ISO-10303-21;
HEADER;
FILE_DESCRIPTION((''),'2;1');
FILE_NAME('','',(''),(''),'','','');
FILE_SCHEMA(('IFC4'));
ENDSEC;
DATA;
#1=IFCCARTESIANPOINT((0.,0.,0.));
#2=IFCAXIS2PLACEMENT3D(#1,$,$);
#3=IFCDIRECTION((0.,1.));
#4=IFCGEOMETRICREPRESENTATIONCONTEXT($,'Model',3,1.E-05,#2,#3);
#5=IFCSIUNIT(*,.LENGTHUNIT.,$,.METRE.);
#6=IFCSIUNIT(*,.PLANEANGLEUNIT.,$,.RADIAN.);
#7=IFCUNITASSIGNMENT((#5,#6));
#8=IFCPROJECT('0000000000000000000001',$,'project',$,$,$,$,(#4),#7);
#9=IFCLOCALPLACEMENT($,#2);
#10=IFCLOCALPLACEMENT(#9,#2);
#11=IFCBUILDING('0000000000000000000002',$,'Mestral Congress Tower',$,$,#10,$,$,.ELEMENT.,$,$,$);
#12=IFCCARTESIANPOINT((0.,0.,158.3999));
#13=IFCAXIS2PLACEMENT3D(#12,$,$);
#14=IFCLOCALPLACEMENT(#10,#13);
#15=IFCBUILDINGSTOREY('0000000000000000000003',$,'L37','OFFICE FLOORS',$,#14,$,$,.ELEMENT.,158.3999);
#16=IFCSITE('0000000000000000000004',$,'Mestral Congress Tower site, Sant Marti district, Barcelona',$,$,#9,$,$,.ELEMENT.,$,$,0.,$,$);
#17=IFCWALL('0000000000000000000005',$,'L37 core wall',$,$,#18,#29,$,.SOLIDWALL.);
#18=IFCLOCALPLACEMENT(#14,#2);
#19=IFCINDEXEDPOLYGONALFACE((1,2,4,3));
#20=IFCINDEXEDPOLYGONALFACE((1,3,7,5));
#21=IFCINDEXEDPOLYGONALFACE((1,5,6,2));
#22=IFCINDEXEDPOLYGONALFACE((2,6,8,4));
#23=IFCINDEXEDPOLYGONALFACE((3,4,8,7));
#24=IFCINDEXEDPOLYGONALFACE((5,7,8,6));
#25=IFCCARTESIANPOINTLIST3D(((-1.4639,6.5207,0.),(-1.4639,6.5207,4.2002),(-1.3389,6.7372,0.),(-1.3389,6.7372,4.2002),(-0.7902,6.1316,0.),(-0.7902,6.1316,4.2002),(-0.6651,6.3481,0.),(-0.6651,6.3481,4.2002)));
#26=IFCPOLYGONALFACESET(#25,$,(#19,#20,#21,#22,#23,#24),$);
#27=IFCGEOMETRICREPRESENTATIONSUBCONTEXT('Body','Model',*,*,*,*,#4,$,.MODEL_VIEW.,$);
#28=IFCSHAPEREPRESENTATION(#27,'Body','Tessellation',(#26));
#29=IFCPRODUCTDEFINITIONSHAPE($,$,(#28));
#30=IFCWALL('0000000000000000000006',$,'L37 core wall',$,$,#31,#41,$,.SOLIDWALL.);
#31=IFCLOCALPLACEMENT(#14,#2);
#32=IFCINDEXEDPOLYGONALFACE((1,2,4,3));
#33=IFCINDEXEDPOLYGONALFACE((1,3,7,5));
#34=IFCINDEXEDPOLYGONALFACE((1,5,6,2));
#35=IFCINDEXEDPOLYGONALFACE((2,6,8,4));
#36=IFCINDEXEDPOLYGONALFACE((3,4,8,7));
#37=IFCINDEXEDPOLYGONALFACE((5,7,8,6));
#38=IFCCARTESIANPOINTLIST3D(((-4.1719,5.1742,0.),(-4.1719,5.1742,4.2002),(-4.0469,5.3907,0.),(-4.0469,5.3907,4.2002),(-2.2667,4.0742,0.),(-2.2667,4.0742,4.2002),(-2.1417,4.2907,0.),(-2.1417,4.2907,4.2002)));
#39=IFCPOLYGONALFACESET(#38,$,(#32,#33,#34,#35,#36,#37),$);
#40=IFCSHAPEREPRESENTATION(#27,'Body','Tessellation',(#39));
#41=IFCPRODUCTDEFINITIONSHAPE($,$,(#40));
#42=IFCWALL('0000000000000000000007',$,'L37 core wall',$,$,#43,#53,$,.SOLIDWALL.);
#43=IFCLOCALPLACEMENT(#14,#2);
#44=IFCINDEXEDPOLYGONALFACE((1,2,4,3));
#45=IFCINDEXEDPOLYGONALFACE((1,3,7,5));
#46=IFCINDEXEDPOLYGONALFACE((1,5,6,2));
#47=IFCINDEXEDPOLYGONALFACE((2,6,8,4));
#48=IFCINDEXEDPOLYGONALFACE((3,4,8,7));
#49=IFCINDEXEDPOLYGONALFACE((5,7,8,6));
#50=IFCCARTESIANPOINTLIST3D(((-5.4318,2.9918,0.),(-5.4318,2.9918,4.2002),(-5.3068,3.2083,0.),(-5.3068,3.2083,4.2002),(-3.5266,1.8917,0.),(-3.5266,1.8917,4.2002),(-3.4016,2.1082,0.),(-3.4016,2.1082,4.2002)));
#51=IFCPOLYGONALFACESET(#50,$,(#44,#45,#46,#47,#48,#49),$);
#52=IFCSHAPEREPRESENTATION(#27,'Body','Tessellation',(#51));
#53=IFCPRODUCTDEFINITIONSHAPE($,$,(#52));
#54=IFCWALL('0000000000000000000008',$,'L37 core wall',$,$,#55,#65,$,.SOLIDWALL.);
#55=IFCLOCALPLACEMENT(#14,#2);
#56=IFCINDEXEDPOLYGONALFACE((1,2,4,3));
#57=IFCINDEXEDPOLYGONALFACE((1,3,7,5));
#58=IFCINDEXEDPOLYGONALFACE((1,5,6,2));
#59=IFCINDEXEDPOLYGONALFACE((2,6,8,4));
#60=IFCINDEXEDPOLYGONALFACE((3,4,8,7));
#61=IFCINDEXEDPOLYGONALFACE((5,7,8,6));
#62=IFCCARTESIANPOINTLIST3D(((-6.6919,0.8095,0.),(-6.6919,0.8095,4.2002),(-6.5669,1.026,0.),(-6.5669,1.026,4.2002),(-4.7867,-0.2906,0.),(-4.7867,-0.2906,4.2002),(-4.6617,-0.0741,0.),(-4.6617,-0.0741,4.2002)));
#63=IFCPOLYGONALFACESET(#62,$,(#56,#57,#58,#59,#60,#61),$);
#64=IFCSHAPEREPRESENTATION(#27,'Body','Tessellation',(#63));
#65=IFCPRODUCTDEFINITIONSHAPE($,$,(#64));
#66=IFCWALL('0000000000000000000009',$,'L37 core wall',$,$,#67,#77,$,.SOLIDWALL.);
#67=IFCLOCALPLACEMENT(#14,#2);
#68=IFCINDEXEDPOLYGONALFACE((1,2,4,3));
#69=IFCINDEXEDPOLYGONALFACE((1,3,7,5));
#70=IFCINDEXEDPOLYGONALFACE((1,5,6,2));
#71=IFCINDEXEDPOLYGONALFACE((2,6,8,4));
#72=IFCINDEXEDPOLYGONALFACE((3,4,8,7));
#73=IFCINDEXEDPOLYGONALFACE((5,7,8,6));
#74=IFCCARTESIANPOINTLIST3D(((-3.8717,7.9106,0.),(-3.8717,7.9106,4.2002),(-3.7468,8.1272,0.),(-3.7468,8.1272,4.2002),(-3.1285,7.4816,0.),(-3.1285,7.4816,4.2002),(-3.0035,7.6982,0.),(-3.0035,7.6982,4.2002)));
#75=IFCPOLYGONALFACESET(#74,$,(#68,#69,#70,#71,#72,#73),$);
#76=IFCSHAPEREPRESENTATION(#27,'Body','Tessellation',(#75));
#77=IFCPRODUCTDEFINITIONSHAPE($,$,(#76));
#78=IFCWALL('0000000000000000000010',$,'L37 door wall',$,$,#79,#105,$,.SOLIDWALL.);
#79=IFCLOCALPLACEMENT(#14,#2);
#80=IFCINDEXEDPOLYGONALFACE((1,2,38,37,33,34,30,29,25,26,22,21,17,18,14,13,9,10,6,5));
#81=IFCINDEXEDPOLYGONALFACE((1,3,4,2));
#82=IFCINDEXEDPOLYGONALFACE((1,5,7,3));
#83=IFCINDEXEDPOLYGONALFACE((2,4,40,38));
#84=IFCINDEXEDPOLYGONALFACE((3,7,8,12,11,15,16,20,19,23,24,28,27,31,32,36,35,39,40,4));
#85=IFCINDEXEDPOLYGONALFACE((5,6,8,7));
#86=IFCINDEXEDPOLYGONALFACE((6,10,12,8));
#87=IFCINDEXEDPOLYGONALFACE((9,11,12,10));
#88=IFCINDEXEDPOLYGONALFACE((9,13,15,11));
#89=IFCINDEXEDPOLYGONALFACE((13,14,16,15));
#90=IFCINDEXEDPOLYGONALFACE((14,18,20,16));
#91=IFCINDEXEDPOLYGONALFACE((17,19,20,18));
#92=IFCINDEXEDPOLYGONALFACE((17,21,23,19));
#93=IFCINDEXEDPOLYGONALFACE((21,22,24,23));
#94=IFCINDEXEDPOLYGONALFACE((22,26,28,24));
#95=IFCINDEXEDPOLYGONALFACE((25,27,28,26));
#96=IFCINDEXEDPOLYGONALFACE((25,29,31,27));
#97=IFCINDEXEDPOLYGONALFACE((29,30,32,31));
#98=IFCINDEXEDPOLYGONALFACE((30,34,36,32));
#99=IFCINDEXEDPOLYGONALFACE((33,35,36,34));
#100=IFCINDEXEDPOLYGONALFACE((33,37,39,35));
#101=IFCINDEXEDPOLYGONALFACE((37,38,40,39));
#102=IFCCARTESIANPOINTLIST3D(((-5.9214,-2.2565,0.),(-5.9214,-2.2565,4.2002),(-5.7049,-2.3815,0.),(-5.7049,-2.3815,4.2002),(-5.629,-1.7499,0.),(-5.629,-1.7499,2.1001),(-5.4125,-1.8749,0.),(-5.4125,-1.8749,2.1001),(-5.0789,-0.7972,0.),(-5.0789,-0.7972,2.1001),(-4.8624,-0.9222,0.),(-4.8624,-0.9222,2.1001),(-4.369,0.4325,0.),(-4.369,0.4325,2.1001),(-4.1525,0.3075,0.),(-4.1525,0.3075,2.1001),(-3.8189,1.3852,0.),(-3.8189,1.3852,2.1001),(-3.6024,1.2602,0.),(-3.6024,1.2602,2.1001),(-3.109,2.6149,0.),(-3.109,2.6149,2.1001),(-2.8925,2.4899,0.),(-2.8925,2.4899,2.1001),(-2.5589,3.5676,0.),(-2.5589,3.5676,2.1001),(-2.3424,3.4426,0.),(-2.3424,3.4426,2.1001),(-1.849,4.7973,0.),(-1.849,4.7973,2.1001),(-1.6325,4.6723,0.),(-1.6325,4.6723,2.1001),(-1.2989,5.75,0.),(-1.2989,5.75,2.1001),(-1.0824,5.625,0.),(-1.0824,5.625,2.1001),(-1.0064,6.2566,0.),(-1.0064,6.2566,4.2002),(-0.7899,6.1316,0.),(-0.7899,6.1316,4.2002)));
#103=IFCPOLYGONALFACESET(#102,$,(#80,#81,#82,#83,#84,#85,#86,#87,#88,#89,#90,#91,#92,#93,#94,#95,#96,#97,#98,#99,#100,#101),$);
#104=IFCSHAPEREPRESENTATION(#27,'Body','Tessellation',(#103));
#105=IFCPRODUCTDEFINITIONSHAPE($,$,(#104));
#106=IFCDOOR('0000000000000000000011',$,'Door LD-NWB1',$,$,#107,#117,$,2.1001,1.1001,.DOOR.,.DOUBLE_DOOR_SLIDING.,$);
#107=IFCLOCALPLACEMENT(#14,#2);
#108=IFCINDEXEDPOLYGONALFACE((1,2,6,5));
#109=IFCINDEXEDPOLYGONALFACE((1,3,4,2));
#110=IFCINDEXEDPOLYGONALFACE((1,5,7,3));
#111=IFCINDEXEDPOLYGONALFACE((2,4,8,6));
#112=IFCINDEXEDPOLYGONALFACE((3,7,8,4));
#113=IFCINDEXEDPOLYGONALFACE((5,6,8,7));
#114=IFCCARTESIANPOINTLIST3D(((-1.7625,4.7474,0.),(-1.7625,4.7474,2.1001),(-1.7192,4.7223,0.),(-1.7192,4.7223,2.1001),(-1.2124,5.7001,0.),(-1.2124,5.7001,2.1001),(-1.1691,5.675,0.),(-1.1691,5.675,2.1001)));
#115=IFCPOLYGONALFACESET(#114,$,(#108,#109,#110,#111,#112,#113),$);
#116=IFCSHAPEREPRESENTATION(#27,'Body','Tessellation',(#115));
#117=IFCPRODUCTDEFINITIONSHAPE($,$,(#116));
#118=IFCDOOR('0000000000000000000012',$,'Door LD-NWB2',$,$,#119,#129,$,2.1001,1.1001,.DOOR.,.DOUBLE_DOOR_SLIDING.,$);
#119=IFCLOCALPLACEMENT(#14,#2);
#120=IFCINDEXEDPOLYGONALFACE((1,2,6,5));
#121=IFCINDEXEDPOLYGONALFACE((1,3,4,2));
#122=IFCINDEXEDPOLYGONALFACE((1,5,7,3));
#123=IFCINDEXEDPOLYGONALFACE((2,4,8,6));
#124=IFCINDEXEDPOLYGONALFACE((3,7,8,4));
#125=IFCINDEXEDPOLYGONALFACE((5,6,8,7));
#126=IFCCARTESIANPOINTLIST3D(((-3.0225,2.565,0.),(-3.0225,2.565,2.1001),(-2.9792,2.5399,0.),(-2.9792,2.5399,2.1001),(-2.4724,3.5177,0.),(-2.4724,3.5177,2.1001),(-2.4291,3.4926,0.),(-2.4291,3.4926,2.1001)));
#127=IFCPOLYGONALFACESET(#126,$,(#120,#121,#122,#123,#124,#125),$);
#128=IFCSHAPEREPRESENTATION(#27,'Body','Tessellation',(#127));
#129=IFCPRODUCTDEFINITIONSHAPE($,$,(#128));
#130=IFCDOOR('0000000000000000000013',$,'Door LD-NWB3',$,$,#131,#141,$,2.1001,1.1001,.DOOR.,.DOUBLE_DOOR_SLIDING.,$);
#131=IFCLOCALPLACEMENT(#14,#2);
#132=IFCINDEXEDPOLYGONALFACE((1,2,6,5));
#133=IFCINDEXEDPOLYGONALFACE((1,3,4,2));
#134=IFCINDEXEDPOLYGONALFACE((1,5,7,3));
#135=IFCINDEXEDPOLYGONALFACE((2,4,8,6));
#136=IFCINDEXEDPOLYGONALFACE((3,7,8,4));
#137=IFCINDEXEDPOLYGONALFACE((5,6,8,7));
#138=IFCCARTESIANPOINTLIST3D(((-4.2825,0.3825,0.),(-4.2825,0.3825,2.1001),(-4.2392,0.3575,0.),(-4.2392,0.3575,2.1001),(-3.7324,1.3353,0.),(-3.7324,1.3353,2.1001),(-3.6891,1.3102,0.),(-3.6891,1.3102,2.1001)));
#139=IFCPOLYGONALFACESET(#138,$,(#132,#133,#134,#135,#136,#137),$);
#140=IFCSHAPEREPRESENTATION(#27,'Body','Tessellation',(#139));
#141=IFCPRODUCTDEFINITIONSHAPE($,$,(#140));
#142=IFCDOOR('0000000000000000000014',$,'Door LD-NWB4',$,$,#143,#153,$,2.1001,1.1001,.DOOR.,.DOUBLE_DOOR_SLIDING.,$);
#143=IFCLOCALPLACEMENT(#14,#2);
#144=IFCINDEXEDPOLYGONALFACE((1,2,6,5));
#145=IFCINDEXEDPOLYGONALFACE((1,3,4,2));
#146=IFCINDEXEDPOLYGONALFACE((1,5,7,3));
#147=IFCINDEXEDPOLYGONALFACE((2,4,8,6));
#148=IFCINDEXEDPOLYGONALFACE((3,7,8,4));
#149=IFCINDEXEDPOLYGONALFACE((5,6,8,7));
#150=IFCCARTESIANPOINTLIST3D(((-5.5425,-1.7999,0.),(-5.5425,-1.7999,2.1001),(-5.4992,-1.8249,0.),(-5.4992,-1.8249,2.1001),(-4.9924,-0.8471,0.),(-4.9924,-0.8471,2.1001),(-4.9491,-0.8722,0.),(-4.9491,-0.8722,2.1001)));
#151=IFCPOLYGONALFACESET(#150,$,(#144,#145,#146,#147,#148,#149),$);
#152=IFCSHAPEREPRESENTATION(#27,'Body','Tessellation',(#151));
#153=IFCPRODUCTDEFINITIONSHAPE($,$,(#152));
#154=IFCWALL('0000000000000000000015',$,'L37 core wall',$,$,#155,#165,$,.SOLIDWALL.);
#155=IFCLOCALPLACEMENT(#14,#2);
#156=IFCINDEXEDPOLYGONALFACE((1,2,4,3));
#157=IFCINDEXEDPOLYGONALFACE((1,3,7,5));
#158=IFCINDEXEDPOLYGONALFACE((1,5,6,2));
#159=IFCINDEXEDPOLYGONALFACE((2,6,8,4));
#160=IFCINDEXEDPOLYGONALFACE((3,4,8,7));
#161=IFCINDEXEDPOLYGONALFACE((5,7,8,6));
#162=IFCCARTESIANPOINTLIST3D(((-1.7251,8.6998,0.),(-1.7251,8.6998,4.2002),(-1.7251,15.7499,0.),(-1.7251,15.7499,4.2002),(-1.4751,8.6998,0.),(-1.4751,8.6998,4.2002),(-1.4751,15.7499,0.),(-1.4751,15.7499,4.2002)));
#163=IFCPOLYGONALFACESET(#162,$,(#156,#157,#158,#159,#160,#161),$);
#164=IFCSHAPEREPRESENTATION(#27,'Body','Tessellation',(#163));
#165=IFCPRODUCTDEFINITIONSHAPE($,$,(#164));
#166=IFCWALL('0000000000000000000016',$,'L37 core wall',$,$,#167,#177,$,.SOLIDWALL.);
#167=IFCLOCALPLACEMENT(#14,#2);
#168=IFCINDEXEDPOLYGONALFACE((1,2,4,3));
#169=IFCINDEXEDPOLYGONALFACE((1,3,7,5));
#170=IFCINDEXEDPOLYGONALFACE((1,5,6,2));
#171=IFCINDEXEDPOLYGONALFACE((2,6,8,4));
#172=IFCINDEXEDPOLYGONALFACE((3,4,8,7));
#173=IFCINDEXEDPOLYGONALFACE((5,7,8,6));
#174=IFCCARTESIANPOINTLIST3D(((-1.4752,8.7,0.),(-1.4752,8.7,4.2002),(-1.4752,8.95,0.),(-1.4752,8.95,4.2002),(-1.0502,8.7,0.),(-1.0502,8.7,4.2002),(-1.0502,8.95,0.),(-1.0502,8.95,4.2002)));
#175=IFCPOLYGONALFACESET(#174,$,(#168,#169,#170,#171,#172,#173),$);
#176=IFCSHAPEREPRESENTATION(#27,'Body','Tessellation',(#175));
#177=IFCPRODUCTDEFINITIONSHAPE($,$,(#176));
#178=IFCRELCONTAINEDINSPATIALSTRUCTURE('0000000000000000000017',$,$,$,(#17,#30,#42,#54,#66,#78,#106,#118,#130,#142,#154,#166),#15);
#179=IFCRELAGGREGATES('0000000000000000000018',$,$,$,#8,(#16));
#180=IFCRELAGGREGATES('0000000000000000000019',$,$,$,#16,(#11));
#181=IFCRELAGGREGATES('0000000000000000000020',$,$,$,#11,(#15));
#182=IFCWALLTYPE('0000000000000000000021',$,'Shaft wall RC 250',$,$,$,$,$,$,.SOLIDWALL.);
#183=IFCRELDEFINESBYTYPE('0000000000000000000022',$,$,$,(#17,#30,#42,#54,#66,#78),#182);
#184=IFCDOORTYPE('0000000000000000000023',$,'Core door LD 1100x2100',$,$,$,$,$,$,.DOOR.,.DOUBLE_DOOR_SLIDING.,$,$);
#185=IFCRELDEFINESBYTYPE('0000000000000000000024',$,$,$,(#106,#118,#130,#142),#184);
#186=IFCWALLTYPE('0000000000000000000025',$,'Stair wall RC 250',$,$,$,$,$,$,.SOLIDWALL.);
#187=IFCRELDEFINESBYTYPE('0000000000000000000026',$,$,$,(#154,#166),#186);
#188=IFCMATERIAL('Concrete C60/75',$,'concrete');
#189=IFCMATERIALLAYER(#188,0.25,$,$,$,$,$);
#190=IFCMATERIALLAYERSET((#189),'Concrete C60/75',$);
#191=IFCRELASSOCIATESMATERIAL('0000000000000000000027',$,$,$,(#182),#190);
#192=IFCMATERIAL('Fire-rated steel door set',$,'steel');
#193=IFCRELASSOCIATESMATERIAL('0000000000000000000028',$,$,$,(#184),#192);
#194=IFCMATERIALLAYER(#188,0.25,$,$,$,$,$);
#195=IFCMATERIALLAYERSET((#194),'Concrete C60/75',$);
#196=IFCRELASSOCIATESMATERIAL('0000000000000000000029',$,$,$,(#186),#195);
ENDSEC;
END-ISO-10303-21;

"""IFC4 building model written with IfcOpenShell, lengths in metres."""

from ifc_helpers import new_model, si_unit, direction, frame, frame_2d, origin, place, context, subcontext, project, spatial, rectangle, extrude, material, layer, layer_set, type_object, element, fill, save


model = new_model("IFC4")

# Units and contexts
model_context = context("Model", 3, precision=1e-05, world=origin(), true_north=direction((0.0, 1.0)))
body_context = subcontext(model_context, "Body", "Model", "MODEL_VIEW")
ifc_project = project(units=[si_unit("LENGTHUNIT", "METRE"), si_unit("PLANEANGLEUNIT", "RADIAN")], contexts=[model_context])

# Site, building, storey
site_placement = place(None, origin())
site = spatial("IfcSite", under=ifc_project, at=site_placement, Name="Mestral Congress Tower site, Sant Marti district, Barcelona", CompositionType="ELEMENT", RefElevation=0.0)
building_placement = place(site_placement, origin())
building = spatial("IfcBuilding", under=site, at=building_placement, Name="Mestral Congress Tower", CompositionType="ELEMENT")
storey_placement = place(building_placement, frame((0.0, 0.0, 158.3999)))
storey = spatial("IfcBuildingStorey", under=building, at=storey_placement, Name="L37", Description="OFFICE FLOORS", CompositionType="ELEMENT", Elevation=158.3999)

# Shared definitions
ifc_material_1 = material(Name="Concrete C60/75", Category="concrete")

# Shared definitions
ifc_material_2 = material(Name="Fire-rated steel door set", Category="steel")

# Walls
ifc_layer_1 = layer(ifc_material_1, 0.25)
ifc_layer_set_1 = layer_set([ifc_layer_1], Name="Concrete C60/75")
wall_type_1 = type_object("IfcWallType", Name="Shaft wall RC 250", PredefinedType="SOLIDWALL", material=ifc_layer_set_1)
wall_1_placement = place(storey_placement, frame((-0.7275, 6.2397, 0.0), z_axis=(0.0, 0.0, 1.0), x_axis=(-0.865956, 0.500121, 0.0)))
element("IfcWall", 1, at=wall_1_placement, inside=storey, type_object=wall_type_1, Name="L37 core wall", PredefinedType="SOLIDWALL", context=body_context, shape_type="SweptSolid", body=[
    extrude(rectangle(XDim=0.7781, YDim=0.25, at=frame_2d((0.3892, 0.0))), origin(), (0.0, 0.0, 1.0), 4.2002),
])
for number, where, z_axis, x_axis, name in (
    (2, (-2.2041, 4.1824, 0.0), (0.0, 0.0, 1.0), (-0.866008, 0.50003, 0.0), "L37 core wall"),
    (3, (-5.3694, 3.1001, 0.0), (0.0, 0.0, 1.0), (0.866008, -0.50003, 0.0), "L37 core wall"),
    (4, (-4.7241, -0.1824, 0.0), (0.0, 0.0, 1.0), (-0.866008, 0.50003, 0.0), "L37 core wall"),
):
    element("IfcWall", number, at=place(storey_placement, frame(where, z_axis=z_axis, x_axis=x_axis)), inside=storey, type_object=wall_type_1, Name=name, PredefinedType="SOLIDWALL", context=body_context, shape_type="SweptSolid", body=[
        extrude(rectangle(XDim=2.2, YDim=0.25, at=frame_2d((1.1001, 0.0))), origin(), (0.0, 0.0, 1.0), 4.2002),
    ])
wall_2_placement = place(storey_placement, frame((-3.0659, 7.5898, 0.0), z_axis=(0.0, 0.0, 1.0), x_axis=(-0.866081, 0.499903, 0.0)))
element("IfcWall", 5, at=wall_2_placement, inside=storey, type_object=wall_type_1, Name="L37 core wall", PredefinedType="SOLIDWALL", context=body_context, shape_type="SweptSolid", body=[
    extrude(rectangle(XDim=0.8582, YDim=0.25, at=frame_2d((0.4292, 0.0))), origin(), (0.0, 0.0, 1.0), 4.2002),
])

# Wall, openings, doors
wall_3_placement = place(storey_placement, frame((-0.8982, 6.1941, 0.0), z_axis=(0.0, 0.0, 1.0), x_axis=(-0.499996, -0.866028, 0.0)))
wall_3 = element("IfcWall", 6, at=wall_3_placement, inside=storey, type_object=wall_type_1, Name="L37 door wall", PredefinedType="SOLIDWALL", context=body_context, shape_type="SweptSolid", body=[
    extrude(rectangle(XDim=9.8301, YDim=0.25, at=frame_2d((4.915, 0.0))), origin(), (0.0, 0.0, 1.0), 4.2002),
])
opening_1_placement = place(wall_3_placement, frame((0.585, 0.0, 0.0)))
opening_1 = element("IfcOpeningElement", 7, at=opening_1_placement, cuts=wall_3, PredefinedType="OPENING", context=body_context, shape_type="SweptSolid", body=[
    extrude(rectangle(XDim=1.1001, YDim=2.1001, at=frame_2d((0.55, 1.05))), frame((0.0, 0.135, 0.0), z_axis=(0.0, -1.0, 0.0), x_axis=(1.0, 0.0, 0.0)), (0.0, 0.0, 1.0), 0.27),
])
opening_2_placement = place(wall_3_placement, frame((3.105, 0.0, 0.0)))
opening_2 = element("IfcOpeningElement", 8, at=opening_2_placement, cuts=wall_3, PredefinedType="OPENING", context=body_context, shape_type="SweptSolid", body=[
    extrude(rectangle(XDim=1.1001, YDim=2.1001, at=frame_2d((0.55, 1.05))), frame((0.0, 0.135, 0.0), z_axis=(0.0, -1.0, 0.0), x_axis=(1.0, 0.0, 0.0)), (0.0, 0.0, 1.0), 0.27),
])
opening_3_placement = place(wall_3_placement, frame((5.625, 0.0, 0.0)))
opening_3 = element("IfcOpeningElement", 9, at=opening_3_placement, cuts=wall_3, PredefinedType="OPENING", context=body_context, shape_type="SweptSolid", body=[
    extrude(rectangle(XDim=1.1001, YDim=2.1001, at=frame_2d((0.55, 1.05))), frame((0.0, 0.135, 0.0), z_axis=(0.0, -1.0, 0.0), x_axis=(1.0, 0.0, 0.0)), (0.0, 0.0, 1.0), 0.27),
])
opening_4_placement = place(wall_3_placement, frame((8.145, 0.0, 0.0)))
opening_4 = element("IfcOpeningElement", 10, at=opening_4_placement, cuts=wall_3, PredefinedType="OPENING", context=body_context, shape_type="SweptSolid", body=[
    extrude(rectangle(XDim=1.1001, YDim=2.1001, at=frame_2d((0.55, 1.05))), frame((0.0, 0.135, 0.0), z_axis=(0.0, -1.0, 0.0), x_axis=(1.0, 0.0, 0.0)), (0.0, 0.0, 1.0), 0.27),
])
door_type_1 = type_object("IfcDoorType", Name="Core door LD 1100x2100", OperationType="DOUBLE_DOOR_SLIDING", PredefinedType="DOOR", material=ifc_material_2)
door_1_placement = place(opening_1_placement, origin())
door_1 = element("IfcDoor", 11, at=door_1_placement, inside=storey, type_object=door_type_1, Name="Door LD-NWB1", OperationType="DOUBLE_DOOR_SLIDING", OverallHeight=2.1001, OverallWidth=1.1001, PredefinedType="DOOR", context=body_context, shape_type="SweptSolid", body=[
    extrude(rectangle(XDim=1.1001, YDim=2.1001, at=frame_2d((0.55, 1.05))), frame((0.0, 0.0249, 0.0), z_axis=(0.0, -1.0, 0.0), x_axis=(1.0, 0.0, 0.0)), (0.0, 0.0, 1.0), 0.05),
])
fill(opening_1, door_1)
door_2_placement = place(opening_2_placement, origin())
door_2 = element("IfcDoor", 12, at=door_2_placement, inside=storey, type_object=door_type_1, Name="Door LD-NWB2", OperationType="DOUBLE_DOOR_SLIDING", OverallHeight=2.1001, OverallWidth=1.1001, PredefinedType="DOOR", context=body_context, shape_type="SweptSolid", body=[
    extrude(rectangle(XDim=1.1001, YDim=2.1001, at=frame_2d((0.55, 1.05))), frame((0.0, 0.0249, 0.0), z_axis=(0.0, -1.0, 0.0), x_axis=(1.0, 0.0, 0.0)), (0.0, 0.0, 1.0), 0.05),
])
fill(opening_2, door_2)
door_3_placement = place(opening_3_placement, origin())
door_3 = element("IfcDoor", 13, at=door_3_placement, inside=storey, type_object=door_type_1, Name="Door LD-NWB3", OperationType="DOUBLE_DOOR_SLIDING", OverallHeight=2.1001, OverallWidth=1.1001, PredefinedType="DOOR", context=body_context, shape_type="SweptSolid", body=[
    extrude(rectangle(XDim=1.1001, YDim=2.1001, at=frame_2d((0.55, 1.05))), frame((0.0, 0.0249, 0.0), z_axis=(0.0, -1.0, 0.0), x_axis=(1.0, 0.0, 0.0)), (0.0, 0.0, 1.0), 0.05),
])
fill(opening_3, door_3)
door_4_placement = place(opening_4_placement, origin())
door_4 = element("IfcDoor", 14, at=door_4_placement, inside=storey, type_object=door_type_1, Name="Door LD-NWB4", OperationType="DOUBLE_DOOR_SLIDING", OverallHeight=2.1001, OverallWidth=1.1001, PredefinedType="DOOR", context=body_context, shape_type="SweptSolid", body=[
    extrude(rectangle(XDim=1.1001, YDim=2.1001, at=frame_2d((0.55, 1.05))), frame((0.0, 0.0249, 0.0), z_axis=(0.0, -1.0, 0.0), x_axis=(1.0, 0.0, 0.0)), (0.0, 0.0, 1.0), 0.05),
])
fill(opening_4, door_4)

# Walls
ifc_layer_2 = layer(ifc_material_1, 0.25)
ifc_layer_set_2 = layer_set([ifc_layer_2], Name="Concrete C60/75")
wall_type_2 = type_object("IfcWallType", Name="Stair wall RC 250", PredefinedType="SOLIDWALL", material=ifc_layer_set_2)
wall_4_placement = place(storey_placement, frame((-1.6001, 8.7, 0.0), z_axis=(0.0, 0.0, 1.0), x_axis=(0.0, 1.0, 0.0)))
element("IfcWall", 15, at=wall_4_placement, inside=storey, type_object=wall_type_2, Name="L37 core wall", PredefinedType="SOLIDWALL", context=body_context, shape_type="SweptSolid", body=[
    extrude(rectangle(XDim=7.05, YDim=0.25, at=frame_2d((3.5249, 0.0))), origin(), (0.0, 0.0, 1.0), 4.2002),
])
wall_5_placement = place(storey_placement, frame((-1.4751, 8.825, 0.0), z_axis=(0.0, 0.0, 1.0), x_axis=(1.0, 0.0, 0.0)))
element("IfcWall", 16, at=wall_5_placement, inside=storey, type_object=wall_type_2, Name="L37 core wall", PredefinedType="SOLIDWALL", context=body_context, shape_type="SweptSolid", body=[
    extrude(rectangle(XDim=0.425, YDim=0.25, at=frame_2d((0.2124, 0.0))), origin(), (0.0, 0.0, 1.0), 4.2002),
])

save(model, "model.ifc")
